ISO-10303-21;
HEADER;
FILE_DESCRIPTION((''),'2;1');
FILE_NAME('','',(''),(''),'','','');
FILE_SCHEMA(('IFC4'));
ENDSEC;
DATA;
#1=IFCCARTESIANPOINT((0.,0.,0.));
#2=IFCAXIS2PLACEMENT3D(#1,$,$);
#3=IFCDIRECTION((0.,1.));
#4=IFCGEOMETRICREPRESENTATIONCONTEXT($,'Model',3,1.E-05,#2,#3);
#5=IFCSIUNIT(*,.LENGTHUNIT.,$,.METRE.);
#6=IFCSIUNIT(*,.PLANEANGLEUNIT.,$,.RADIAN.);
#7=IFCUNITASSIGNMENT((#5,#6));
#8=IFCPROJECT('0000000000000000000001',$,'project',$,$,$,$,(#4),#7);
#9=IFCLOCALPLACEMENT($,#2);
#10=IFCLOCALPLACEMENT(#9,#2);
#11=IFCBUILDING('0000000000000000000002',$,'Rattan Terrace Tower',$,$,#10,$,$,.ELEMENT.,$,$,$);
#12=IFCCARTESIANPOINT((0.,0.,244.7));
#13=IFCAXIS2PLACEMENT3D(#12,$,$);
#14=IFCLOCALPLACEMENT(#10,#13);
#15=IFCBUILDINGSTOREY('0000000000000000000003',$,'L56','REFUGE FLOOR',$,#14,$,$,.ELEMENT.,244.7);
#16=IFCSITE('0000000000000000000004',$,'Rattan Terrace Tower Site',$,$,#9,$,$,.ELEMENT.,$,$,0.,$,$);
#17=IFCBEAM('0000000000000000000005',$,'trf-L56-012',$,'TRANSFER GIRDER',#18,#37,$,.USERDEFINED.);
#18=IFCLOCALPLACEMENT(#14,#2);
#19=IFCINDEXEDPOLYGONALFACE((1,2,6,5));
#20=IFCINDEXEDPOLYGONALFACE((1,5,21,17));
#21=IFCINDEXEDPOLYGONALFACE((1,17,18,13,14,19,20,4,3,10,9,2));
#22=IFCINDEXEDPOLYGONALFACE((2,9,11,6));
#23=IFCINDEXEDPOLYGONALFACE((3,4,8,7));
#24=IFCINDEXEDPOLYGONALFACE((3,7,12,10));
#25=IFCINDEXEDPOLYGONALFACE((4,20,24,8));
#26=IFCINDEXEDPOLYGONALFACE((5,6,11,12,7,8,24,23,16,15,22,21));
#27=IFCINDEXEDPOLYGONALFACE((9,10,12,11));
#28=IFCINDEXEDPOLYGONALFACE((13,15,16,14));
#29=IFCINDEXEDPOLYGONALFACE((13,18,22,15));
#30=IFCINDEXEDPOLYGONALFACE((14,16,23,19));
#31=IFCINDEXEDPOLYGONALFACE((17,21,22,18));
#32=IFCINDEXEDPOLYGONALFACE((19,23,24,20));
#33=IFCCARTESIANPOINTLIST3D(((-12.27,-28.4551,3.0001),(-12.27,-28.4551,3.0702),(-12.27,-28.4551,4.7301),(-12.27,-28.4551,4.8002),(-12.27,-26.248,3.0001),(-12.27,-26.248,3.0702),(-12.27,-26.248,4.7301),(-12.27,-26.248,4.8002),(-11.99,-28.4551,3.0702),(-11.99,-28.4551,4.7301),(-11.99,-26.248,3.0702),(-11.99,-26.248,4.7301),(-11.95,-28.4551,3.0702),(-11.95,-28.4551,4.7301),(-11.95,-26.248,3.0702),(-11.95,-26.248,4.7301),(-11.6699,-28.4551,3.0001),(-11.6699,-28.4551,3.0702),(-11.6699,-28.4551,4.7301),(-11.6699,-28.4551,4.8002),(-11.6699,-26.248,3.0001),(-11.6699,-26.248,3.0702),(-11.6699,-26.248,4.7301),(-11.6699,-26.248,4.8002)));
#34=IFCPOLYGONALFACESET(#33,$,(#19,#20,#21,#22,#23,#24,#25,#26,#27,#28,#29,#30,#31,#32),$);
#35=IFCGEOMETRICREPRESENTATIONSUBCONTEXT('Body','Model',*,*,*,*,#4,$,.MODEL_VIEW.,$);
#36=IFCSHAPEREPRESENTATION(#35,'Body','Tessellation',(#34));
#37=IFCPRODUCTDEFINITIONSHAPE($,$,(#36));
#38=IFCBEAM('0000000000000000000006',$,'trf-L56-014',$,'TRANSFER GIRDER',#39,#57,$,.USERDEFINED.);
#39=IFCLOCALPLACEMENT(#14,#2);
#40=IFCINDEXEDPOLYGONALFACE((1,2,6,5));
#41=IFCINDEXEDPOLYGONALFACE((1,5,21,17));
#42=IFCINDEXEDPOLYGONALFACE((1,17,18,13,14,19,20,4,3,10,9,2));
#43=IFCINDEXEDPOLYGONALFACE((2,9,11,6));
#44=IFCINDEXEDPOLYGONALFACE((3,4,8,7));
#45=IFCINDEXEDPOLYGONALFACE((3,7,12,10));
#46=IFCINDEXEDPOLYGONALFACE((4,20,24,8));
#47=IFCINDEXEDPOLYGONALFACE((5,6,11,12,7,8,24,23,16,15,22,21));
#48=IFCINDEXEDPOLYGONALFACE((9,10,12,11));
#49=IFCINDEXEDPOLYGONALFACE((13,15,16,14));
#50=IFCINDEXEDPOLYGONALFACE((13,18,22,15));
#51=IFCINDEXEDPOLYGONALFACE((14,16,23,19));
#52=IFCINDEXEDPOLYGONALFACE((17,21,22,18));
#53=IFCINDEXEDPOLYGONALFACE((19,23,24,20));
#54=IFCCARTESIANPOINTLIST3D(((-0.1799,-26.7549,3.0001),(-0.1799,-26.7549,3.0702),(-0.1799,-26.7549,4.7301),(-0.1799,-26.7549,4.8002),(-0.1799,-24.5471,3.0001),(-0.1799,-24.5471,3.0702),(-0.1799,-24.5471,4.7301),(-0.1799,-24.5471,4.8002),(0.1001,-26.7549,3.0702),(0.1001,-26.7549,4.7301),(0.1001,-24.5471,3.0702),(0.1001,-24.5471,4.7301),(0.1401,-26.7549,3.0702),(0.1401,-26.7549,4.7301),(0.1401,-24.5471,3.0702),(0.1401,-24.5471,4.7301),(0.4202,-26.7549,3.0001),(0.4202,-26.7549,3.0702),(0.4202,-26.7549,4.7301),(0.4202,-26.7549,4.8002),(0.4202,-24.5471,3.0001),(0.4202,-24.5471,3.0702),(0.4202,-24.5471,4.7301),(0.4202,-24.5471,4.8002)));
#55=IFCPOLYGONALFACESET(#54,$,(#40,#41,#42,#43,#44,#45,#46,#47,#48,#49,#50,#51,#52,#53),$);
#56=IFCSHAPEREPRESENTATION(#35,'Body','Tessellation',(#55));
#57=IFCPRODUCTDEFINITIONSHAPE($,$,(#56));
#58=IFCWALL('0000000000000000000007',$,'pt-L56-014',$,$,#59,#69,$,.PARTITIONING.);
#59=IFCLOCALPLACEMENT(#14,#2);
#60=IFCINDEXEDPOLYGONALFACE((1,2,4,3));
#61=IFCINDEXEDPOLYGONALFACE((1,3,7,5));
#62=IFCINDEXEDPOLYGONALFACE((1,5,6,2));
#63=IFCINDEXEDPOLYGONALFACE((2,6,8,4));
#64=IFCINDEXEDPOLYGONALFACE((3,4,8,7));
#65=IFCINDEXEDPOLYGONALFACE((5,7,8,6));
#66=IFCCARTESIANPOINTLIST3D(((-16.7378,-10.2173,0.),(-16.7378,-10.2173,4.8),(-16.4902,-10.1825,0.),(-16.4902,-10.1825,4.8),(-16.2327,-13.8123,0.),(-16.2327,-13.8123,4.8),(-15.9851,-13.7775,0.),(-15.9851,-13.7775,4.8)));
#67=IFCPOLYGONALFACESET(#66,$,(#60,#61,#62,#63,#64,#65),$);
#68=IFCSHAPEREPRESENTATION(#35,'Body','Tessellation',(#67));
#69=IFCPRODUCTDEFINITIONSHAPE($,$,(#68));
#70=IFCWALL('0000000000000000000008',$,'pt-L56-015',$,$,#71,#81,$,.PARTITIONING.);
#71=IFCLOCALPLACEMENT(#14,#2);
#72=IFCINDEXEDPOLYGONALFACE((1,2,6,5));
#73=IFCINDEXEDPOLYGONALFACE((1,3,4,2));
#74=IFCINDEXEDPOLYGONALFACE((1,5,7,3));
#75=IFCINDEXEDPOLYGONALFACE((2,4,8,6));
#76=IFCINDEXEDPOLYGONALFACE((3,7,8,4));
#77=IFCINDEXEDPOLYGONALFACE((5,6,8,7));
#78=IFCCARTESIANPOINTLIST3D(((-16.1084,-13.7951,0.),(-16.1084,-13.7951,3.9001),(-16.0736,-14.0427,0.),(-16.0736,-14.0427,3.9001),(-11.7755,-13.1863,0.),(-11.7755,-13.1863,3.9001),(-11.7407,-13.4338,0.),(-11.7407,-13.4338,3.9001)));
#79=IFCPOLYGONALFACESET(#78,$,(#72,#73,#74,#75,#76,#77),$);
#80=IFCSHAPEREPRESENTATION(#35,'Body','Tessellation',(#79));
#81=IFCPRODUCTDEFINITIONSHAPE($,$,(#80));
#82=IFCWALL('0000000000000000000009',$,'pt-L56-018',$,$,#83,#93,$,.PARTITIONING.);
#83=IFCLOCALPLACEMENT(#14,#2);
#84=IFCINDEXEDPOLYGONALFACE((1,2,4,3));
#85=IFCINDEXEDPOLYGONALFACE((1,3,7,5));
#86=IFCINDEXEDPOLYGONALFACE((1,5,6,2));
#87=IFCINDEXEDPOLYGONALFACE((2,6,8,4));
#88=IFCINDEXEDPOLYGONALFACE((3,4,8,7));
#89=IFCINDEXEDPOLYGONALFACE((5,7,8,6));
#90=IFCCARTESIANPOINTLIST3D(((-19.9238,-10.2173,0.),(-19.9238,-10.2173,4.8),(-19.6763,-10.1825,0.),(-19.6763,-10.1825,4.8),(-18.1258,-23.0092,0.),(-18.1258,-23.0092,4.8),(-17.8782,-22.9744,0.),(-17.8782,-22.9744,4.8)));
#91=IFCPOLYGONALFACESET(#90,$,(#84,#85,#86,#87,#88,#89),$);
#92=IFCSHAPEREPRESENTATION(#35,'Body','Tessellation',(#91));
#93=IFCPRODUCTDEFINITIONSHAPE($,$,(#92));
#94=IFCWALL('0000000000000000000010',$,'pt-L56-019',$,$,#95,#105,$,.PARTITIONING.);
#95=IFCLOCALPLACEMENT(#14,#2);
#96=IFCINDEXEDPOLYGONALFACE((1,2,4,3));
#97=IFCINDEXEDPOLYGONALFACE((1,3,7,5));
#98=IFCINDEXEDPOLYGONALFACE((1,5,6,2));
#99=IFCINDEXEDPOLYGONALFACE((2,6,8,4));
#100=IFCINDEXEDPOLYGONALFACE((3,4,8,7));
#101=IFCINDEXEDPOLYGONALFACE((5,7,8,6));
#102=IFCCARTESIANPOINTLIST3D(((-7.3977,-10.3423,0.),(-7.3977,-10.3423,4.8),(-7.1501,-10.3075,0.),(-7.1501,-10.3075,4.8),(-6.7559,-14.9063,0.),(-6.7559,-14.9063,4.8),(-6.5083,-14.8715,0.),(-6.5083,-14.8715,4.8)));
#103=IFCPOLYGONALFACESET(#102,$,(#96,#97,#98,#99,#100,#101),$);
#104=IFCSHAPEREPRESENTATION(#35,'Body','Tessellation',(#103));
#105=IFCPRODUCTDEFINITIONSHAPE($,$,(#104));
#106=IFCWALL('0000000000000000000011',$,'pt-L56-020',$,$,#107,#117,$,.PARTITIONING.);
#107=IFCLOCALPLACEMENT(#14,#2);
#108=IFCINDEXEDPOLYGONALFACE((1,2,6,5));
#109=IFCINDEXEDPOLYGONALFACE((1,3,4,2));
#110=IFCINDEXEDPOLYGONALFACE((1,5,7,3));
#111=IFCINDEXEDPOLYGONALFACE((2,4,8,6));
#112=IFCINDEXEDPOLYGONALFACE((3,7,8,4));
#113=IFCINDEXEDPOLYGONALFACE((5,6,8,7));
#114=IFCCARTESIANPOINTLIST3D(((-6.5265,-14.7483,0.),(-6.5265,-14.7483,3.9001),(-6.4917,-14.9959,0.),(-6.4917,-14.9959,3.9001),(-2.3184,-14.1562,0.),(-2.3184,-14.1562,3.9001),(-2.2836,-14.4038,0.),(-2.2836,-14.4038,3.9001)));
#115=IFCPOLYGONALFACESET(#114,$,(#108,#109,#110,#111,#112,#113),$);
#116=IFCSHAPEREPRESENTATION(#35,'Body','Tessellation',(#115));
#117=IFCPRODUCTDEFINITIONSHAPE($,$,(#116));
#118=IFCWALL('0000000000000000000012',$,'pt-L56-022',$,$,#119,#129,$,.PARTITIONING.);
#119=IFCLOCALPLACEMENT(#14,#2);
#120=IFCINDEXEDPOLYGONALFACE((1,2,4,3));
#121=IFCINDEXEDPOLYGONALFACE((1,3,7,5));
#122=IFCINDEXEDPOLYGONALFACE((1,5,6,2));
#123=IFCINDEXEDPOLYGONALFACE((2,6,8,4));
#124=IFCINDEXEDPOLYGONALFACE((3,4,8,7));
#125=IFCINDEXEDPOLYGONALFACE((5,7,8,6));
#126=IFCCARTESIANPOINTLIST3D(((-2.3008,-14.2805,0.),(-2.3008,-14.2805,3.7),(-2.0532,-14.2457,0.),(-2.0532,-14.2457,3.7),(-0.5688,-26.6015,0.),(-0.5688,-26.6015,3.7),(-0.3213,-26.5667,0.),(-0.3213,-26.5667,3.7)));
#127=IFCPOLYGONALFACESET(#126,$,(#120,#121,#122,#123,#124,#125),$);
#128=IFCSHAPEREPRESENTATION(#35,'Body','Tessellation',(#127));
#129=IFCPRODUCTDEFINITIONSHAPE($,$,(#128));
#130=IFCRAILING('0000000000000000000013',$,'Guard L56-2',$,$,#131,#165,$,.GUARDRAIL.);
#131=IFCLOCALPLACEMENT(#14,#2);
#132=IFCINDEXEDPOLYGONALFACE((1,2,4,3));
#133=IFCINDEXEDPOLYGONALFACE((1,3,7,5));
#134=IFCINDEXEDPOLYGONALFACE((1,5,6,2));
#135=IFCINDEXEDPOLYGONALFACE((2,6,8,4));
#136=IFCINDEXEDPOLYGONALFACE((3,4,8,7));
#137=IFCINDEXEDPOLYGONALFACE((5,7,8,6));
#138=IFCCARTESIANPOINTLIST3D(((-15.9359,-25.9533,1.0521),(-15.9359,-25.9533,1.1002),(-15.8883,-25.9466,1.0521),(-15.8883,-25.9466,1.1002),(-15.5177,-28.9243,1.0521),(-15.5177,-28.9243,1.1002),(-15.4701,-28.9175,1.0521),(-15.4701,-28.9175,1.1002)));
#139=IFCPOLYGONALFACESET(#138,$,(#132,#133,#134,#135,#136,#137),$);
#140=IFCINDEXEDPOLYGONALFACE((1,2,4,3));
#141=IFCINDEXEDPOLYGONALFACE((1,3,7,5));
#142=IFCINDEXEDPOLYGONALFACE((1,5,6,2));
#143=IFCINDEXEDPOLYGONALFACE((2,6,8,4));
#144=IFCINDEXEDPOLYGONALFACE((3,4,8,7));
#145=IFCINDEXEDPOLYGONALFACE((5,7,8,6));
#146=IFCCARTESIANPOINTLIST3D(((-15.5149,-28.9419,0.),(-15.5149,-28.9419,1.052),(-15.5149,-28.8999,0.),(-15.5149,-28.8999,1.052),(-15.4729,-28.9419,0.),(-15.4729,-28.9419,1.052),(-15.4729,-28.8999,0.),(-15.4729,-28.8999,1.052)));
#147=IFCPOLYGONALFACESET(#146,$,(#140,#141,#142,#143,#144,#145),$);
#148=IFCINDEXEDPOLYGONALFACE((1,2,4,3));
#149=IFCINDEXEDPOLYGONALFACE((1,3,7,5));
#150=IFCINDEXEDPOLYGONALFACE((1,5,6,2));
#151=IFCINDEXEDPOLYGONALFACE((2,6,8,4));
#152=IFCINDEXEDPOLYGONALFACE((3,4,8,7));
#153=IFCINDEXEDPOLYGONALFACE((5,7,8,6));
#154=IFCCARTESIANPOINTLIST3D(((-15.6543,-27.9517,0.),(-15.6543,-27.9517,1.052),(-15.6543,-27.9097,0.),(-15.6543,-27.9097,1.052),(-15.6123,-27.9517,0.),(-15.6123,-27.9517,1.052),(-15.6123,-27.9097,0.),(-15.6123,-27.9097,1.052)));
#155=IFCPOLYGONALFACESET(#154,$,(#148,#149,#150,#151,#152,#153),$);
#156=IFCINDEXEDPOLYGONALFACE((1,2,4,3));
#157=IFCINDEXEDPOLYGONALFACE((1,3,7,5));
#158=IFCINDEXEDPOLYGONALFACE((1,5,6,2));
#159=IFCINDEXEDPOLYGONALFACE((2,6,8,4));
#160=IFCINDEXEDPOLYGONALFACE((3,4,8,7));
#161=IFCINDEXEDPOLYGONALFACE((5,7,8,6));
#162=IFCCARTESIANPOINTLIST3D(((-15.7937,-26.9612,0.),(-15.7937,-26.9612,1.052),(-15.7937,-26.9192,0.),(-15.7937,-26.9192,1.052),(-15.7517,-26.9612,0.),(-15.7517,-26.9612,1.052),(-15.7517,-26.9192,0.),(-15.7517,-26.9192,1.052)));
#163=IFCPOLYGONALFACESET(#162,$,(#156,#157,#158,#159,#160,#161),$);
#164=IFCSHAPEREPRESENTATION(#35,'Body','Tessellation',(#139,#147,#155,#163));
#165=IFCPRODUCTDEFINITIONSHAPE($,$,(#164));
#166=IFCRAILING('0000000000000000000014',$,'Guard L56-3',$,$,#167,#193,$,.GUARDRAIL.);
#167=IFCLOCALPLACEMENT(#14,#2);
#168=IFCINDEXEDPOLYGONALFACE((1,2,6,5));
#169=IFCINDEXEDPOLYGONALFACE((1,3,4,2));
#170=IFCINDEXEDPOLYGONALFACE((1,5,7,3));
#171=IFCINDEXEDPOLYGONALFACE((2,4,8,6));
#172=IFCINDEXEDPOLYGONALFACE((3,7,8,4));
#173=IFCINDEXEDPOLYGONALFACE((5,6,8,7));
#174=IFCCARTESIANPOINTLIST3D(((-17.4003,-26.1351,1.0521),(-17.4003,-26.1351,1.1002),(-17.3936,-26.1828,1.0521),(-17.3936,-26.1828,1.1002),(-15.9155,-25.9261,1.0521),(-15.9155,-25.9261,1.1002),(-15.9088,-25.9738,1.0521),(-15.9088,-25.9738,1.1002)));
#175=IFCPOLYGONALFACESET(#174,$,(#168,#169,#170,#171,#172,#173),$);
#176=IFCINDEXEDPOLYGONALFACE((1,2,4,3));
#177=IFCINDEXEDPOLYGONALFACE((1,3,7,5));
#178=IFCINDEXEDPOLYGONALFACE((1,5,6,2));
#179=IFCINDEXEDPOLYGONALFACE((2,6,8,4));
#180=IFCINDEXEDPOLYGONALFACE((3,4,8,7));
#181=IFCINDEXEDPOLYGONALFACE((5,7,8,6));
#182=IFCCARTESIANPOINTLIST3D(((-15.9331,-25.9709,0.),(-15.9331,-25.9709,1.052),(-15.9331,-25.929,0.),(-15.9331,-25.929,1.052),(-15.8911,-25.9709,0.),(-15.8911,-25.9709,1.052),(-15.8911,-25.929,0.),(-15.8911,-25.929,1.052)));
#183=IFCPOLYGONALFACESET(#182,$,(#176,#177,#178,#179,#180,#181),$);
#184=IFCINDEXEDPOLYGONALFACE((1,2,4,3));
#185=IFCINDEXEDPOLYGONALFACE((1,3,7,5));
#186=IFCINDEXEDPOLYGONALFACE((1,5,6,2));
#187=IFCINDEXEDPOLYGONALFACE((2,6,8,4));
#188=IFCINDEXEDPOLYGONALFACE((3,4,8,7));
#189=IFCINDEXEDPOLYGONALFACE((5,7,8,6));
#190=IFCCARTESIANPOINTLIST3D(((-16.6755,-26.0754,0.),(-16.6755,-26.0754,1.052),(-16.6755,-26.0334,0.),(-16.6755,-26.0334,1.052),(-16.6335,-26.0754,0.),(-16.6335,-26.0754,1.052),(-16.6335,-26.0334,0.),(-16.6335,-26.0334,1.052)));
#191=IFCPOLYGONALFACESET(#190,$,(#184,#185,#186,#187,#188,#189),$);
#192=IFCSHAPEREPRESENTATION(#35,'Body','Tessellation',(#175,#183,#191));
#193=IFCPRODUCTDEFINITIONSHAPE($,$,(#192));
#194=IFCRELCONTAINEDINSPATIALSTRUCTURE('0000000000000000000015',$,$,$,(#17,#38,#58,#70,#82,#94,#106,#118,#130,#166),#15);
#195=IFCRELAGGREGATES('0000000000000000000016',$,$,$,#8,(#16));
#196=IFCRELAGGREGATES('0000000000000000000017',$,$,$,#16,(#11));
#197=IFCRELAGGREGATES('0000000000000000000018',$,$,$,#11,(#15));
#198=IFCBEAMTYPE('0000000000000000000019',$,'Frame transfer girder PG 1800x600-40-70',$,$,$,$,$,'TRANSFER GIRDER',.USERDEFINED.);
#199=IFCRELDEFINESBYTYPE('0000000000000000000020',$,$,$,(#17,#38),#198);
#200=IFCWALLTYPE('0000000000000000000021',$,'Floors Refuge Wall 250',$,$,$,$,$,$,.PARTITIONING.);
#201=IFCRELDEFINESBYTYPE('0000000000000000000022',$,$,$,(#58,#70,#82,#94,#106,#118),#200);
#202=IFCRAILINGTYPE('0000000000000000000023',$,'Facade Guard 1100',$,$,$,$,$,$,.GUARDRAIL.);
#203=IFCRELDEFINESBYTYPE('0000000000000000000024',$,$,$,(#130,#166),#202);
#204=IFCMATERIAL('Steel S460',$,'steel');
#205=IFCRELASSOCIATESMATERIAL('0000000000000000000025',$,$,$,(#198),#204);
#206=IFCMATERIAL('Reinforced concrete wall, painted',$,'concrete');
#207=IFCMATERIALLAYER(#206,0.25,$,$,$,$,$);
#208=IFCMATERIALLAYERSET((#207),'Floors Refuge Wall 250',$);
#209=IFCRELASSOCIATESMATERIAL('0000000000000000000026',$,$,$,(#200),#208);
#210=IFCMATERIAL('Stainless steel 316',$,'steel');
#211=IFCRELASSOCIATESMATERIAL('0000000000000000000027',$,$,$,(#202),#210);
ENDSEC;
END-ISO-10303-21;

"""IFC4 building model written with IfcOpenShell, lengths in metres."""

from ifc_helpers import new_model, si_unit, direction, frame, frame_2d, origin, origin_2d, place, context, subcontext, project, spatial, rectangle, i_section, extrude, material, layer, layer_set, material_profile, profile_set, type_object, element, save


model = new_model("IFC4")

# Units and contexts
model_context = context("Model", 3, precision=1e-05, world=origin(), true_north=direction((0.0, 1.0)))
body_context = subcontext(model_context, "Body", "Model", "MODEL_VIEW")
ifc_project = project(units=[si_unit("LENGTHUNIT", "METRE"), si_unit("PLANEANGLEUNIT", "RADIAN")], contexts=[model_context])

# Site, building, storey
site_placement = place(None, origin())
site = spatial("IfcSite", under=ifc_project, at=site_placement, Name="Rattan Terrace Tower Site", CompositionType="ELEMENT", RefElevation=0.0)
building_placement = place(site_placement, origin())
building = spatial("IfcBuilding", under=site, at=building_placement, Name="Rattan Terrace Tower", CompositionType="ELEMENT")
storey_placement = place(building_placement, frame((0.0, 0.0, 244.7)))
storey = spatial("IfcBuildingStorey", under=building, at=storey_placement, Name="L56", Description="REFUGE FLOOR", CompositionType="ELEMENT", Elevation=244.7)

# Beams
ifc_material_1 = material(Name="Steel S460", Category="steel")
ifc_material_profile_1 = material_profile(ifc_material_1, i_section(OverallWidth=0.6001, OverallDepth=1.8, WebThickness=0.04, FlangeThickness=0.0701, at=origin_2d()), Name="PG 1800x600-40-70")
ifc_profile_set_1 = profile_set([ifc_material_profile_1], Name="Steel S460")
beam_type_1 = type_object("IfcBeamType", Name="Frame transfer girder PG 1800x600-40-70", ElementType="TRANSFER GIRDER", PredefinedType="USERDEFINED", material=ifc_profile_set_1)
beam_1_placement = place(storey_placement, frame((-11.97, -28.4551, 3.9001), z_axis=(0.0, 1.0, 0.0), x_axis=(-1.0, 0.0, 0.0)))
element("IfcBeam", 1, at=beam_1_placement, inside=storey, type_object=beam_type_1, Name="trf-L56-012", ObjectType="TRANSFER GIRDER", PredefinedType="USERDEFINED", context=body_context, shape_type="SweptSolid", body=[
    extrude(i_section(OverallWidth=0.6001, OverallDepth=1.8, WebThickness=0.04, FlangeThickness=0.0701, at=origin_2d()), origin(), (0.0, 0.0, 1.0), 2.207),
])
beam_2_placement = place(storey_placement, frame((0.1201, -26.7549, 3.9001), z_axis=(0.0, 1.0, 0.0), x_axis=(-1.0, 0.0, 0.0)))
element("IfcBeam", 2, at=beam_2_placement, inside=storey, type_object=beam_type_1, Name="trf-L56-014", ObjectType="TRANSFER GIRDER", PredefinedType="USERDEFINED", context=body_context, shape_type="SweptSolid", body=[
    extrude(i_section(OverallWidth=0.6001, OverallDepth=1.8, WebThickness=0.04, FlangeThickness=0.0701, at=origin_2d()), origin(), (0.0, 0.0, 1.0), 2.2078),
])

# Walls
ifc_material_2 = material(Name="Reinforced concrete wall, painted", Category="concrete")
ifc_layer = layer(ifc_material_2, 0.25)
ifc_layer_set = layer_set([ifc_layer], Name="Floors Refuge Wall 250")
wall_type = type_object("IfcWallType", Name="Floors Refuge Wall 250", PredefinedType="PARTITIONING", material=ifc_layer_set)
wall_1_placement = place(storey_placement, frame((-16.1089, -13.7949, 0.0), z_axis=(0.0, 0.0, 1.0), x_axis=(-0.139143, 0.990272, 0.0)))
element("IfcWall", 3, at=wall_1_placement, inside=storey, type_object=wall_type, Name="pt-L56-014", PredefinedType="PARTITIONING", context=body_context, shape_type="SweptSolid", body=[
    extrude(rectangle(XDim=3.6304, YDim=0.25, at=frame_2d((1.8152, 0.0))), origin(), (0.0, 0.0, 1.0), 4.8),
])
wall_2_placement = place(storey_placement, frame((-11.7581, -13.3101, 0.0), z_axis=(0.0, 0.0, 1.0), x_axis=(-0.990271, -0.139156, 0.0)))
element("IfcWall", 4, at=wall_2_placement, inside=storey, type_object=wall_type, Name="pt-L56-015", PredefinedType="PARTITIONING", context=body_context, shape_type="SweptSolid", body=[
    extrude(rectangle(XDim=4.3755, YDim=0.25, at=frame_2d((2.1877, 0.0))), origin(), (0.0, 0.0, 1.0), 3.9001),
])
wall_3_placement = place(storey_placement, frame((-18.002, -22.9919, 0.0), z_axis=(0.0, 0.0, 1.0), x_axis=(-0.139196, 0.990265, 0.0)))
element("IfcWall", 5, at=wall_3_placement, inside=storey, type_object=wall_type, Name="pt-L56-018", PredefinedType="PARTITIONING", context=body_context, shape_type="SweptSolid", body=[
    extrude(rectangle(XDim=12.9177, YDim=0.25, at=frame_2d((6.459, 0.0))), origin(), (0.0, 0.0, 1.0), 4.8),
])
wall_4_placement = place(storey_placement, frame((-6.6321, -14.8889, 0.0), z_axis=(0.0, 0.0, 1.0), x_axis=(-0.139263, 0.990255, 0.0)))
element("IfcWall", 6, at=wall_4_placement, inside=storey, type_object=wall_type, Name="pt-L56-019", PredefinedType="PARTITIONING", context=body_context, shape_type="SweptSolid", body=[
    extrude(rectangle(XDim=4.6089, YDim=0.25, at=frame_2d((2.3044, 0.0))), origin(), (0.0, 0.0, 1.0), 4.8),
])
wall_5_placement = place(storey_placement, frame((-2.301, -14.28, 0.0), z_axis=(0.0, 0.0, 1.0), x_axis=(-0.990247, -0.139322, 0.0)))
element("IfcWall", 7, at=wall_5_placement, inside=storey, type_object=wall_type, Name="pt-L56-020", PredefinedType="PARTITIONING", context=body_context, shape_type="SweptSolid", body=[
    extrude(rectangle(XDim=4.2495, YDim=0.25, at=frame_2d((2.1248, 0.0))), origin(), (0.0, 0.0, 1.0), 3.9001),
])
wall_6_placement = place(storey_placement, frame((-2.177, -14.2629, 0.0), z_axis=(0.0, 0.0, 1.0), x_axis=(0.139199, -0.990264, 0.0)))
element("IfcWall", 8, at=wall_6_placement, inside=storey, type_object=wall_type, Name="pt-L56-022", PredefinedType="PARTITIONING", context=body_context, shape_type="SweptSolid", body=[
    extrude(rectangle(XDim=12.4421, YDim=0.25, at=frame_2d((6.2212, 0.0))), origin(), (0.0, 0.0, 1.0), 3.7),
])

# Railings
ifc_material_3 = material(Name="Stainless steel 316", Category="steel")
railing_type = type_object("IfcRailingType", Name="Facade Guard 1100", PredefinedType="GUARDRAIL", material=ifc_material_3)
railing_1_placement = place(storey_placement, frame((-15.4939, -28.9209, 0.0)))
element("IfcRailing", 9, at=railing_1_placement, inside=storey, type_object=railing_type, Name="Guard L56-2", PredefinedType="GUARDRAIL", context=body_context, shape_type="SweptSolid", body=[
    extrude(rectangle(XDim=0.0481, YDim=0.0481, at=origin_2d()), frame((0.0, 0.0, 1.0762), z_axis=(-0.139393, 0.990237, 0.0), x_axis=(-0.990237, -0.139393, 0.0)), (0.0, 0.0, 1.0), 3.0002),
    extrude(rectangle(XDim=0.042, YDim=0.042, at=origin_2d()), origin(), (0.0, 0.0, 1.0), 1.052),
    extrude(rectangle(XDim=0.042, YDim=0.042, at=origin_2d()), frame((-0.1394, 0.9902, 0.0)), (0.0, 0.0, 1.0), 1.052),
    extrude(rectangle(XDim=0.042, YDim=0.042, at=origin_2d()), frame((-0.2788, 1.9807, 0.0)), (0.0, 0.0, 1.0), 1.052),
])
railing_2_placement = place(storey_placement, frame((-15.9121, -25.95, 0.0)))
element("IfcRailing", 10, at=railing_2_placement, inside=storey, type_object=railing_type, Name="Guard L56-3", PredefinedType="GUARDRAIL", context=body_context, shape_type="SweptSolid", body=[
    extrude(rectangle(XDim=0.0481, YDim=0.0481, at=origin_2d()), frame((0.0, 0.0, 1.0762), z_axis=(-0.99024, -0.13937, 0.0), x_axis=(0.13937, -0.99024, 0.0)), (0.0, 0.0, 1.0), 1.4995),
    extrude(rectangle(XDim=0.042, YDim=0.042, at=origin_2d()), origin(), (0.0, 0.0, 1.0), 1.052),
    extrude(rectangle(XDim=0.042, YDim=0.042, at=origin_2d()), frame((-0.7424, -0.1045, 0.0)), (0.0, 0.0, 1.0), 1.052),
])

save(model, "model.ifc")
